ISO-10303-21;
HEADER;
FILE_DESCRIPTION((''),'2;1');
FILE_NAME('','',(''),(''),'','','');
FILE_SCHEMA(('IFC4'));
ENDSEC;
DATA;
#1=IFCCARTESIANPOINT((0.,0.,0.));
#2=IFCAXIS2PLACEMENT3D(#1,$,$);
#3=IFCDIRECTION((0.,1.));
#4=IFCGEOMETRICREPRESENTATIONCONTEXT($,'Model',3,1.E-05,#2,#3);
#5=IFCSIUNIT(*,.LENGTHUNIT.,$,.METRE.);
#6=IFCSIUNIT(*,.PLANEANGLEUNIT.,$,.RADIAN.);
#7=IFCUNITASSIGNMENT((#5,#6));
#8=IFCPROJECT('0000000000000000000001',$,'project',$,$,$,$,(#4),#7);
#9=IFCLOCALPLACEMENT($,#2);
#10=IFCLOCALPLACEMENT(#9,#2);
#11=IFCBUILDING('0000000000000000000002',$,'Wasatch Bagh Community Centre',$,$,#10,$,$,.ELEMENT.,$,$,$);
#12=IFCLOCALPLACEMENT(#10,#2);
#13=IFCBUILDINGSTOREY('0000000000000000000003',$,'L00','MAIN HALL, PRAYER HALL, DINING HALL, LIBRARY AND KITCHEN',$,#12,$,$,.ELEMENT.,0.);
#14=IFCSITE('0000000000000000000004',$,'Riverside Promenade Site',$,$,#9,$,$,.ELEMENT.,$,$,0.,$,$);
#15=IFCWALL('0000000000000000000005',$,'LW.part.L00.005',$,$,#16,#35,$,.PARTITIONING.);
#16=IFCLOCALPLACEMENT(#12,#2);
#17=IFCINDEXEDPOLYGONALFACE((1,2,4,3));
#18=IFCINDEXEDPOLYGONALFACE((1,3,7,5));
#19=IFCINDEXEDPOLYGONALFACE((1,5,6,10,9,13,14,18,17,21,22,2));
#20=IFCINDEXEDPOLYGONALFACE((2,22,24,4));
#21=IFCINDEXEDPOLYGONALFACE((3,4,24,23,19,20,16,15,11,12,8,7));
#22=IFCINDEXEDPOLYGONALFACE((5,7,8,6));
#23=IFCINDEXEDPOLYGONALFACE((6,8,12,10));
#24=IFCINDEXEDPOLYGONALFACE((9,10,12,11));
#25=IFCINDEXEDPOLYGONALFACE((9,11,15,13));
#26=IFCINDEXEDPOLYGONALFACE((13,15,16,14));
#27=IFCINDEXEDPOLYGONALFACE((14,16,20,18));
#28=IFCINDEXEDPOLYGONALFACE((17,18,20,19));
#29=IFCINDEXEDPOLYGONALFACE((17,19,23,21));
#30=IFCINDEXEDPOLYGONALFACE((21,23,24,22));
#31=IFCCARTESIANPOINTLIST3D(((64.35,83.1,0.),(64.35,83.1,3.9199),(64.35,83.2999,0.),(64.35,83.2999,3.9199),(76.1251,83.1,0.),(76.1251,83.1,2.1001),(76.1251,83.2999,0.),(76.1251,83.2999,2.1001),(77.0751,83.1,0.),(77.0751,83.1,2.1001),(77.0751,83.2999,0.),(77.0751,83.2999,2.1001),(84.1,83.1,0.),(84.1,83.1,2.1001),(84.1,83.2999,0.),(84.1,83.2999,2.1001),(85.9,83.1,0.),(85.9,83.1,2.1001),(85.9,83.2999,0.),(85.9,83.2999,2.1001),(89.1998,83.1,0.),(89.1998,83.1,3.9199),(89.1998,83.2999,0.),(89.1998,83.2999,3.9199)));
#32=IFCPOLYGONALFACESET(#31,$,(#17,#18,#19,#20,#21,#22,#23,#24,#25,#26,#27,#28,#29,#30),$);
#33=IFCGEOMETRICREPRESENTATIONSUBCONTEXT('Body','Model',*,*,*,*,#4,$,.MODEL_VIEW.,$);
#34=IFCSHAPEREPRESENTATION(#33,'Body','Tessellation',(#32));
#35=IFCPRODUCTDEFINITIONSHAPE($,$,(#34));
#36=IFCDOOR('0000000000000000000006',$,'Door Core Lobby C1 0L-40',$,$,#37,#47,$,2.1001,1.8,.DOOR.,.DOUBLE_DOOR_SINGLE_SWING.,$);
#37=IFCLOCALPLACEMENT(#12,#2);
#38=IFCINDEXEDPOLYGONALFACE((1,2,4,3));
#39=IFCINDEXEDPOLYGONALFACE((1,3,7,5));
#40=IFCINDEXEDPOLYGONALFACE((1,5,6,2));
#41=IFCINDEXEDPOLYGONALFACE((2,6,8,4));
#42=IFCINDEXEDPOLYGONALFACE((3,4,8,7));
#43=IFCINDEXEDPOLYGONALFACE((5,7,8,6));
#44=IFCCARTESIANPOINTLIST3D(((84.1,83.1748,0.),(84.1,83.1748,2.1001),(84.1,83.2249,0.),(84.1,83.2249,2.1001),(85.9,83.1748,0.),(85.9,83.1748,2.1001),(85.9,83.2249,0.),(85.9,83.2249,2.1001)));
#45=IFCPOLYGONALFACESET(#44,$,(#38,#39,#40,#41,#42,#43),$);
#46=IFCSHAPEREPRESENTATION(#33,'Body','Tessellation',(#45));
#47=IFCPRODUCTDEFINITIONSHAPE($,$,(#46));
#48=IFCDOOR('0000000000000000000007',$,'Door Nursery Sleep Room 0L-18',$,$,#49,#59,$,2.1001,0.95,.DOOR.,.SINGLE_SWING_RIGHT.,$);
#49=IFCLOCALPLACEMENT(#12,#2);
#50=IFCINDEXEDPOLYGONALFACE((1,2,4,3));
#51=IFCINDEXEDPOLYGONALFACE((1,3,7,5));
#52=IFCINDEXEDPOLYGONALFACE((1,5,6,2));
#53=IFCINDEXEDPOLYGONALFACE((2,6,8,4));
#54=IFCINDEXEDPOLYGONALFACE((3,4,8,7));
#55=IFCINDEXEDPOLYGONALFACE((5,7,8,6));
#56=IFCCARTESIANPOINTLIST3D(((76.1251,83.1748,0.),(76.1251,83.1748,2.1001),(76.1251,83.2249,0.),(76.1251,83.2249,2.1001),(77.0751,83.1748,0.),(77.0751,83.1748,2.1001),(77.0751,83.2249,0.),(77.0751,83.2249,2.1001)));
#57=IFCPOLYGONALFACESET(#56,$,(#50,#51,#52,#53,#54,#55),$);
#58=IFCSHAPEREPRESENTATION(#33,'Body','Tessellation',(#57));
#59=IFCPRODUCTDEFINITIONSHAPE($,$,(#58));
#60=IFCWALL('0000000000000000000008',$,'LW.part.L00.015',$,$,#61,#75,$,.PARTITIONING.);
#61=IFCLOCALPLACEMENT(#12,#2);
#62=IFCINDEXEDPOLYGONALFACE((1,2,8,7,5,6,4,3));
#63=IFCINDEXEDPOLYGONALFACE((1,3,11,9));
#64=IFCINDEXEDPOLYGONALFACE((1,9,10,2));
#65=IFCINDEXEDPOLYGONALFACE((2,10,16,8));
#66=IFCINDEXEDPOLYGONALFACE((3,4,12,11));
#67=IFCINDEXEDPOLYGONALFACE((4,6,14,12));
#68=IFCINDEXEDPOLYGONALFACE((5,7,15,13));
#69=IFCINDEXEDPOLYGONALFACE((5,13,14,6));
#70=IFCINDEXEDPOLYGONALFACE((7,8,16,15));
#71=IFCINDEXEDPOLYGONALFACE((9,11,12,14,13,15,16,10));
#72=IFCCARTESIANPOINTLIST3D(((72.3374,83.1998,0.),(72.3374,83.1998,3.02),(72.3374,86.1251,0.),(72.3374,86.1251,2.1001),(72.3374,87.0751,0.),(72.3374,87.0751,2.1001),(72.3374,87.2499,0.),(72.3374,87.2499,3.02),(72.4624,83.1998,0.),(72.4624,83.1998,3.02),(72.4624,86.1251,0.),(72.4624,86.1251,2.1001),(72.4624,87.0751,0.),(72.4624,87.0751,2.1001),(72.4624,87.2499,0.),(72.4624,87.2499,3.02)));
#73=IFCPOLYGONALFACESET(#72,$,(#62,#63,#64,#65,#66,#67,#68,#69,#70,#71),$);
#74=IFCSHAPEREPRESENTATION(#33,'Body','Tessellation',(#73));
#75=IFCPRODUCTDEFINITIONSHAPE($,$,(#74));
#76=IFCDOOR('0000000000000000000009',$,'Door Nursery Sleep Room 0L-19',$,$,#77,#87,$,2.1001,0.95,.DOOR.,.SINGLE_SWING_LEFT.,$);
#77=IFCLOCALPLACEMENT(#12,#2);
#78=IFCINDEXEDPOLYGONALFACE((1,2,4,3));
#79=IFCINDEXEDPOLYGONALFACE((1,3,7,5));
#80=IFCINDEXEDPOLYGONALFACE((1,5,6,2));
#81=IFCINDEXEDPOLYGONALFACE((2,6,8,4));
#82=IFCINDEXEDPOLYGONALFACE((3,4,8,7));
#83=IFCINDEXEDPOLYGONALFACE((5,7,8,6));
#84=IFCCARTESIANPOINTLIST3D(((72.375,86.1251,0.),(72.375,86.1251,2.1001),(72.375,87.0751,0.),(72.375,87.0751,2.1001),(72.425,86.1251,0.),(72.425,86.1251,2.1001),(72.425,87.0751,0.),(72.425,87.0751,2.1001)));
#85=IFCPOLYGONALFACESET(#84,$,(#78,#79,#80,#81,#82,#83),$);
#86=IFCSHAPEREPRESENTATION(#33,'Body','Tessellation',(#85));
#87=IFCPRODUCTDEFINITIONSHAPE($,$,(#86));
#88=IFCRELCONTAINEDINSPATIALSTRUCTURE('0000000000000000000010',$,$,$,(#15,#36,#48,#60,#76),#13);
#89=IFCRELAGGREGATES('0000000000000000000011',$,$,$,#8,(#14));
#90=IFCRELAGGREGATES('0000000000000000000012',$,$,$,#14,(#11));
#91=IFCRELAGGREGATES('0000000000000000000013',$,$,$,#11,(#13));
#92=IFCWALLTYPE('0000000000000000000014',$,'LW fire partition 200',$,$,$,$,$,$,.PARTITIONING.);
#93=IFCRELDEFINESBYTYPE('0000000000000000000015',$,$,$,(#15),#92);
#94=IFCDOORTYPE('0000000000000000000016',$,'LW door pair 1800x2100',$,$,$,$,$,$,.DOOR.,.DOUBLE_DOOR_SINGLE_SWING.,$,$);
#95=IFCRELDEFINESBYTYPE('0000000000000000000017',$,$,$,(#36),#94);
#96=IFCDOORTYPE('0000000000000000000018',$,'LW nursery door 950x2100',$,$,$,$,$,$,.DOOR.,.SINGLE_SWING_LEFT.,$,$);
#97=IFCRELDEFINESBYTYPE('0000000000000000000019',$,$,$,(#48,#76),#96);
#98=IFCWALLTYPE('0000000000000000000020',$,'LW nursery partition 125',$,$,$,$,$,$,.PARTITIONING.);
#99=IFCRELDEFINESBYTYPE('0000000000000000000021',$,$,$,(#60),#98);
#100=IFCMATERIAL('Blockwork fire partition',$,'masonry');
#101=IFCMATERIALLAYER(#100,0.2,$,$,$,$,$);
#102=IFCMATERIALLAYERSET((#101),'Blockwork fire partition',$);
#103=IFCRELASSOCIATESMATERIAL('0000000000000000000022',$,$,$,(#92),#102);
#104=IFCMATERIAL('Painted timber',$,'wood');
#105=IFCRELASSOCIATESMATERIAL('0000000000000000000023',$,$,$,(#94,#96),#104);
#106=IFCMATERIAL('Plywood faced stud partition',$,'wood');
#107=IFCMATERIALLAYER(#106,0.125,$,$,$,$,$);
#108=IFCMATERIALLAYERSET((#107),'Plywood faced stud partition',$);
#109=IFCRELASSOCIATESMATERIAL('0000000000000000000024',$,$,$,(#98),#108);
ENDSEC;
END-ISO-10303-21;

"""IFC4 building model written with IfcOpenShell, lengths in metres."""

from ifc_helpers import new_model, si_unit, direction, frame, frame_2d, origin, place, context, subcontext, project, spatial, rectangle, extrude, material, layer, layer_set, type_object, element, fill, save


model = new_model("IFC4")

# Units and contexts
model_context = context("Model", 3, precision=1e-05, world=origin(), true_north=direction((0.0, 1.0)))
body_context = subcontext(model_context, "Body", "Model", "MODEL_VIEW")
ifc_project = project(units=[si_unit("LENGTHUNIT", "METRE"), si_unit("PLANEANGLEUNIT", "RADIAN")], contexts=[model_context])

# Site, building, storey
site_placement = place(None, origin())
site = spatial("IfcSite", under=ifc_project, at=site_placement, Name="Riverside Promenade Site", CompositionType="ELEMENT", RefElevation=0.0)
building_placement = place(site_placement, origin())
building = spatial("IfcBuilding", under=site, at=building_placement, Name="Wasatch Bagh Community Centre", CompositionType="ELEMENT")
storey_placement = place(building_placement, origin())
storey = spatial("IfcBuildingStorey", under=building, at=storey_placement, Name="L00", Description="MAIN HALL, PRAYER HALL, DINING HALL, LIBRARY AND KITCHEN", CompositionType="ELEMENT", Elevation=0.0)

# Shared definitions
ifc_material_1 = material(Name="Painted timber", Category="wood")

# Wall, openings, doors
ifc_material_2 = material(Name="Blockwork fire partition", Category="masonry")
ifc_layer_1 = layer(ifc_material_2, 0.2)
ifc_layer_set_1 = layer_set([ifc_layer_1], Name="Blockwork fire partition")
wall_type_1 = type_object("IfcWallType", Name="LW fire partition 200", PredefinedType="PARTITIONING", material=ifc_layer_set_1)
wall_1_placement = place(storey_placement, frame((64.3501, 83.2, 0.0), z_axis=(0.0, 0.0, 1.0), x_axis=(1.0, 0.0, 0.0)))
wall_1 = element("IfcWall", 1, at=wall_1_placement, inside=storey, type_object=wall_type_1, Name="LW.part.L00.005", PredefinedType="PARTITIONING", context=body_context, shape_type="SweptSolid", body=[
    extrude(rectangle(XDim=24.8499, YDim=0.2, at=frame_2d((12.4248, 0.0))), origin(), (0.0, 0.0, 1.0), 3.9199),
])
opening_1_placement = place(wall_1_placement, frame((11.7749, 0.0, 0.0)))
opening_1 = element("IfcOpeningElement", 2, at=opening_1_placement, cuts=wall_1, PredefinedType="OPENING", context=body_context, shape_type="SweptSolid", body=[
    extrude(rectangle(XDim=0.95, YDim=2.1001, at=frame_2d((0.4751, 1.05))), frame((0.0, 0.1099, 0.0), z_axis=(0.0, -1.0, 0.0), x_axis=(1.0, 0.0, 0.0)), (0.0, 0.0, 1.0), 0.22),
])
opening_2_placement = place(wall_1_placement, frame((19.75, 0.0, 0.0)))
opening_2 = element("IfcOpeningElement", 3, at=opening_2_placement, cuts=wall_1, PredefinedType="OPENING", context=body_context, shape_type="SweptSolid", body=[
    extrude(rectangle(XDim=1.8, YDim=2.1001, at=frame_2d((0.8999, 1.05))), frame((0.0, 0.1099, 0.0), z_axis=(0.0, -1.0, 0.0), x_axis=(1.0, 0.0, 0.0)), (0.0, 0.0, 1.0), 0.22),
])
door_type_1 = type_object("IfcDoorType", Name="LW door pair 1800x2100", OperationType="DOUBLE_DOOR_SINGLE_SWING", PredefinedType="DOOR", material=ifc_material_1)
door_1_placement = place(opening_2_placement, origin())
door_1 = element("IfcDoor", 4, at=door_1_placement, inside=storey, type_object=door_type_1, Name="Door Core Lobby C1 0L-40", OperationType="DOUBLE_DOOR_SINGLE_SWING", OverallHeight=2.1001, OverallWidth=1.8, PredefinedType="DOOR", context=body_context, shape_type="SweptSolid", body=[
    extrude(rectangle(XDim=1.8, YDim=2.1001, at=frame_2d((0.8999, 1.05))), frame((0.0, 0.0249, 0.0), z_axis=(0.0, -1.0, 0.0), x_axis=(1.0, 0.0, 0.0)), (0.0, 0.0, 1.0), 0.05),
])
fill(opening_2, door_1)
door_type_2 = type_object("IfcDoorType", Name="LW nursery door 950x2100", OperationType="SINGLE_SWING_LEFT", PredefinedType="DOOR", material=ifc_material_1)
door_2_placement = place(opening_1_placement, origin())
door_2 = element("IfcDoor", 5, at=door_2_placement, inside=storey, type_object=door_type_2, Name="Door Nursery Sleep Room 0L-18", OperationType="SINGLE_SWING_RIGHT", OverallHeight=2.1001, OverallWidth=0.95, PredefinedType="DOOR", context=body_context, shape_type="SweptSolid", body=[
    extrude(rectangle(XDim=0.95, YDim=2.1001, at=frame_2d((0.4751, 1.05))), frame((0.0, 0.0249, 0.0), z_axis=(0.0, -1.0, 0.0), x_axis=(1.0, 0.0, 0.0)), (0.0, 0.0, 1.0), 0.05),
])
fill(opening_1, door_2)

# Wall, opening, door
ifc_material_3 = material(Name="Plywood faced stud partition", Category="wood")
ifc_layer_2 = layer(ifc_material_3, 0.125)
ifc_layer_set_2 = layer_set([ifc_layer_2], Name="Plywood faced stud partition")
wall_type_2 = type_object("IfcWallType", Name="LW nursery partition 125", PredefinedType="PARTITIONING", material=ifc_layer_set_2)
wall_2_placement = place(storey_placement, frame((72.3999, 83.2, 0.0), z_axis=(0.0, 0.0, 1.0), x_axis=(0.0, 1.0, 0.0)))
wall_2 = element("IfcWall", 6, at=wall_2_placement, inside=storey, type_object=wall_type_2, Name="LW.part.L00.015", PredefinedType="PARTITIONING", context=body_context, shape_type="SweptSolid", body=[
    extrude(rectangle(XDim=4.05, YDim=0.125, at=frame_2d((2.0249, 0.0))), origin(), (0.0, 0.0, 1.0), 3.02),
])
opening_3_placement = place(wall_2_placement, frame((2.925, 0.0, 0.0)))
opening_3 = element("IfcOpeningElement", 7, at=opening_3_placement, cuts=wall_2, PredefinedType="OPENING", context=body_context, shape_type="SweptSolid", body=[
    extrude(rectangle(XDim=0.95, YDim=2.1001, at=frame_2d((0.4751, 1.05))), frame((0.0, 0.0725, 0.0), z_axis=(0.0, -1.0, 0.0), x_axis=(1.0, 0.0, 0.0)), (0.0, 0.0, 1.0), 0.145),
])
door_3_placement = place(opening_3_placement, origin())
door_3 = element("IfcDoor", 8, at=door_3_placement, inside=storey, type_object=door_type_2, Name="Door Nursery Sleep Room 0L-19", OperationType="SINGLE_SWING_LEFT", OverallHeight=2.1001, OverallWidth=0.95, PredefinedType="DOOR", context=body_context, shape_type="SweptSolid", body=[
    extrude(rectangle(XDim=0.95, YDim=2.1001, at=frame_2d((0.4751, 1.05))), frame((0.0, 0.0249, 0.0), z_axis=(0.0, -1.0, 0.0), x_axis=(1.0, 0.0, 0.0)), (0.0, 0.0, 1.0), 0.05),
])
fill(opening_3, door_3)

save(model, "model.ifc")
